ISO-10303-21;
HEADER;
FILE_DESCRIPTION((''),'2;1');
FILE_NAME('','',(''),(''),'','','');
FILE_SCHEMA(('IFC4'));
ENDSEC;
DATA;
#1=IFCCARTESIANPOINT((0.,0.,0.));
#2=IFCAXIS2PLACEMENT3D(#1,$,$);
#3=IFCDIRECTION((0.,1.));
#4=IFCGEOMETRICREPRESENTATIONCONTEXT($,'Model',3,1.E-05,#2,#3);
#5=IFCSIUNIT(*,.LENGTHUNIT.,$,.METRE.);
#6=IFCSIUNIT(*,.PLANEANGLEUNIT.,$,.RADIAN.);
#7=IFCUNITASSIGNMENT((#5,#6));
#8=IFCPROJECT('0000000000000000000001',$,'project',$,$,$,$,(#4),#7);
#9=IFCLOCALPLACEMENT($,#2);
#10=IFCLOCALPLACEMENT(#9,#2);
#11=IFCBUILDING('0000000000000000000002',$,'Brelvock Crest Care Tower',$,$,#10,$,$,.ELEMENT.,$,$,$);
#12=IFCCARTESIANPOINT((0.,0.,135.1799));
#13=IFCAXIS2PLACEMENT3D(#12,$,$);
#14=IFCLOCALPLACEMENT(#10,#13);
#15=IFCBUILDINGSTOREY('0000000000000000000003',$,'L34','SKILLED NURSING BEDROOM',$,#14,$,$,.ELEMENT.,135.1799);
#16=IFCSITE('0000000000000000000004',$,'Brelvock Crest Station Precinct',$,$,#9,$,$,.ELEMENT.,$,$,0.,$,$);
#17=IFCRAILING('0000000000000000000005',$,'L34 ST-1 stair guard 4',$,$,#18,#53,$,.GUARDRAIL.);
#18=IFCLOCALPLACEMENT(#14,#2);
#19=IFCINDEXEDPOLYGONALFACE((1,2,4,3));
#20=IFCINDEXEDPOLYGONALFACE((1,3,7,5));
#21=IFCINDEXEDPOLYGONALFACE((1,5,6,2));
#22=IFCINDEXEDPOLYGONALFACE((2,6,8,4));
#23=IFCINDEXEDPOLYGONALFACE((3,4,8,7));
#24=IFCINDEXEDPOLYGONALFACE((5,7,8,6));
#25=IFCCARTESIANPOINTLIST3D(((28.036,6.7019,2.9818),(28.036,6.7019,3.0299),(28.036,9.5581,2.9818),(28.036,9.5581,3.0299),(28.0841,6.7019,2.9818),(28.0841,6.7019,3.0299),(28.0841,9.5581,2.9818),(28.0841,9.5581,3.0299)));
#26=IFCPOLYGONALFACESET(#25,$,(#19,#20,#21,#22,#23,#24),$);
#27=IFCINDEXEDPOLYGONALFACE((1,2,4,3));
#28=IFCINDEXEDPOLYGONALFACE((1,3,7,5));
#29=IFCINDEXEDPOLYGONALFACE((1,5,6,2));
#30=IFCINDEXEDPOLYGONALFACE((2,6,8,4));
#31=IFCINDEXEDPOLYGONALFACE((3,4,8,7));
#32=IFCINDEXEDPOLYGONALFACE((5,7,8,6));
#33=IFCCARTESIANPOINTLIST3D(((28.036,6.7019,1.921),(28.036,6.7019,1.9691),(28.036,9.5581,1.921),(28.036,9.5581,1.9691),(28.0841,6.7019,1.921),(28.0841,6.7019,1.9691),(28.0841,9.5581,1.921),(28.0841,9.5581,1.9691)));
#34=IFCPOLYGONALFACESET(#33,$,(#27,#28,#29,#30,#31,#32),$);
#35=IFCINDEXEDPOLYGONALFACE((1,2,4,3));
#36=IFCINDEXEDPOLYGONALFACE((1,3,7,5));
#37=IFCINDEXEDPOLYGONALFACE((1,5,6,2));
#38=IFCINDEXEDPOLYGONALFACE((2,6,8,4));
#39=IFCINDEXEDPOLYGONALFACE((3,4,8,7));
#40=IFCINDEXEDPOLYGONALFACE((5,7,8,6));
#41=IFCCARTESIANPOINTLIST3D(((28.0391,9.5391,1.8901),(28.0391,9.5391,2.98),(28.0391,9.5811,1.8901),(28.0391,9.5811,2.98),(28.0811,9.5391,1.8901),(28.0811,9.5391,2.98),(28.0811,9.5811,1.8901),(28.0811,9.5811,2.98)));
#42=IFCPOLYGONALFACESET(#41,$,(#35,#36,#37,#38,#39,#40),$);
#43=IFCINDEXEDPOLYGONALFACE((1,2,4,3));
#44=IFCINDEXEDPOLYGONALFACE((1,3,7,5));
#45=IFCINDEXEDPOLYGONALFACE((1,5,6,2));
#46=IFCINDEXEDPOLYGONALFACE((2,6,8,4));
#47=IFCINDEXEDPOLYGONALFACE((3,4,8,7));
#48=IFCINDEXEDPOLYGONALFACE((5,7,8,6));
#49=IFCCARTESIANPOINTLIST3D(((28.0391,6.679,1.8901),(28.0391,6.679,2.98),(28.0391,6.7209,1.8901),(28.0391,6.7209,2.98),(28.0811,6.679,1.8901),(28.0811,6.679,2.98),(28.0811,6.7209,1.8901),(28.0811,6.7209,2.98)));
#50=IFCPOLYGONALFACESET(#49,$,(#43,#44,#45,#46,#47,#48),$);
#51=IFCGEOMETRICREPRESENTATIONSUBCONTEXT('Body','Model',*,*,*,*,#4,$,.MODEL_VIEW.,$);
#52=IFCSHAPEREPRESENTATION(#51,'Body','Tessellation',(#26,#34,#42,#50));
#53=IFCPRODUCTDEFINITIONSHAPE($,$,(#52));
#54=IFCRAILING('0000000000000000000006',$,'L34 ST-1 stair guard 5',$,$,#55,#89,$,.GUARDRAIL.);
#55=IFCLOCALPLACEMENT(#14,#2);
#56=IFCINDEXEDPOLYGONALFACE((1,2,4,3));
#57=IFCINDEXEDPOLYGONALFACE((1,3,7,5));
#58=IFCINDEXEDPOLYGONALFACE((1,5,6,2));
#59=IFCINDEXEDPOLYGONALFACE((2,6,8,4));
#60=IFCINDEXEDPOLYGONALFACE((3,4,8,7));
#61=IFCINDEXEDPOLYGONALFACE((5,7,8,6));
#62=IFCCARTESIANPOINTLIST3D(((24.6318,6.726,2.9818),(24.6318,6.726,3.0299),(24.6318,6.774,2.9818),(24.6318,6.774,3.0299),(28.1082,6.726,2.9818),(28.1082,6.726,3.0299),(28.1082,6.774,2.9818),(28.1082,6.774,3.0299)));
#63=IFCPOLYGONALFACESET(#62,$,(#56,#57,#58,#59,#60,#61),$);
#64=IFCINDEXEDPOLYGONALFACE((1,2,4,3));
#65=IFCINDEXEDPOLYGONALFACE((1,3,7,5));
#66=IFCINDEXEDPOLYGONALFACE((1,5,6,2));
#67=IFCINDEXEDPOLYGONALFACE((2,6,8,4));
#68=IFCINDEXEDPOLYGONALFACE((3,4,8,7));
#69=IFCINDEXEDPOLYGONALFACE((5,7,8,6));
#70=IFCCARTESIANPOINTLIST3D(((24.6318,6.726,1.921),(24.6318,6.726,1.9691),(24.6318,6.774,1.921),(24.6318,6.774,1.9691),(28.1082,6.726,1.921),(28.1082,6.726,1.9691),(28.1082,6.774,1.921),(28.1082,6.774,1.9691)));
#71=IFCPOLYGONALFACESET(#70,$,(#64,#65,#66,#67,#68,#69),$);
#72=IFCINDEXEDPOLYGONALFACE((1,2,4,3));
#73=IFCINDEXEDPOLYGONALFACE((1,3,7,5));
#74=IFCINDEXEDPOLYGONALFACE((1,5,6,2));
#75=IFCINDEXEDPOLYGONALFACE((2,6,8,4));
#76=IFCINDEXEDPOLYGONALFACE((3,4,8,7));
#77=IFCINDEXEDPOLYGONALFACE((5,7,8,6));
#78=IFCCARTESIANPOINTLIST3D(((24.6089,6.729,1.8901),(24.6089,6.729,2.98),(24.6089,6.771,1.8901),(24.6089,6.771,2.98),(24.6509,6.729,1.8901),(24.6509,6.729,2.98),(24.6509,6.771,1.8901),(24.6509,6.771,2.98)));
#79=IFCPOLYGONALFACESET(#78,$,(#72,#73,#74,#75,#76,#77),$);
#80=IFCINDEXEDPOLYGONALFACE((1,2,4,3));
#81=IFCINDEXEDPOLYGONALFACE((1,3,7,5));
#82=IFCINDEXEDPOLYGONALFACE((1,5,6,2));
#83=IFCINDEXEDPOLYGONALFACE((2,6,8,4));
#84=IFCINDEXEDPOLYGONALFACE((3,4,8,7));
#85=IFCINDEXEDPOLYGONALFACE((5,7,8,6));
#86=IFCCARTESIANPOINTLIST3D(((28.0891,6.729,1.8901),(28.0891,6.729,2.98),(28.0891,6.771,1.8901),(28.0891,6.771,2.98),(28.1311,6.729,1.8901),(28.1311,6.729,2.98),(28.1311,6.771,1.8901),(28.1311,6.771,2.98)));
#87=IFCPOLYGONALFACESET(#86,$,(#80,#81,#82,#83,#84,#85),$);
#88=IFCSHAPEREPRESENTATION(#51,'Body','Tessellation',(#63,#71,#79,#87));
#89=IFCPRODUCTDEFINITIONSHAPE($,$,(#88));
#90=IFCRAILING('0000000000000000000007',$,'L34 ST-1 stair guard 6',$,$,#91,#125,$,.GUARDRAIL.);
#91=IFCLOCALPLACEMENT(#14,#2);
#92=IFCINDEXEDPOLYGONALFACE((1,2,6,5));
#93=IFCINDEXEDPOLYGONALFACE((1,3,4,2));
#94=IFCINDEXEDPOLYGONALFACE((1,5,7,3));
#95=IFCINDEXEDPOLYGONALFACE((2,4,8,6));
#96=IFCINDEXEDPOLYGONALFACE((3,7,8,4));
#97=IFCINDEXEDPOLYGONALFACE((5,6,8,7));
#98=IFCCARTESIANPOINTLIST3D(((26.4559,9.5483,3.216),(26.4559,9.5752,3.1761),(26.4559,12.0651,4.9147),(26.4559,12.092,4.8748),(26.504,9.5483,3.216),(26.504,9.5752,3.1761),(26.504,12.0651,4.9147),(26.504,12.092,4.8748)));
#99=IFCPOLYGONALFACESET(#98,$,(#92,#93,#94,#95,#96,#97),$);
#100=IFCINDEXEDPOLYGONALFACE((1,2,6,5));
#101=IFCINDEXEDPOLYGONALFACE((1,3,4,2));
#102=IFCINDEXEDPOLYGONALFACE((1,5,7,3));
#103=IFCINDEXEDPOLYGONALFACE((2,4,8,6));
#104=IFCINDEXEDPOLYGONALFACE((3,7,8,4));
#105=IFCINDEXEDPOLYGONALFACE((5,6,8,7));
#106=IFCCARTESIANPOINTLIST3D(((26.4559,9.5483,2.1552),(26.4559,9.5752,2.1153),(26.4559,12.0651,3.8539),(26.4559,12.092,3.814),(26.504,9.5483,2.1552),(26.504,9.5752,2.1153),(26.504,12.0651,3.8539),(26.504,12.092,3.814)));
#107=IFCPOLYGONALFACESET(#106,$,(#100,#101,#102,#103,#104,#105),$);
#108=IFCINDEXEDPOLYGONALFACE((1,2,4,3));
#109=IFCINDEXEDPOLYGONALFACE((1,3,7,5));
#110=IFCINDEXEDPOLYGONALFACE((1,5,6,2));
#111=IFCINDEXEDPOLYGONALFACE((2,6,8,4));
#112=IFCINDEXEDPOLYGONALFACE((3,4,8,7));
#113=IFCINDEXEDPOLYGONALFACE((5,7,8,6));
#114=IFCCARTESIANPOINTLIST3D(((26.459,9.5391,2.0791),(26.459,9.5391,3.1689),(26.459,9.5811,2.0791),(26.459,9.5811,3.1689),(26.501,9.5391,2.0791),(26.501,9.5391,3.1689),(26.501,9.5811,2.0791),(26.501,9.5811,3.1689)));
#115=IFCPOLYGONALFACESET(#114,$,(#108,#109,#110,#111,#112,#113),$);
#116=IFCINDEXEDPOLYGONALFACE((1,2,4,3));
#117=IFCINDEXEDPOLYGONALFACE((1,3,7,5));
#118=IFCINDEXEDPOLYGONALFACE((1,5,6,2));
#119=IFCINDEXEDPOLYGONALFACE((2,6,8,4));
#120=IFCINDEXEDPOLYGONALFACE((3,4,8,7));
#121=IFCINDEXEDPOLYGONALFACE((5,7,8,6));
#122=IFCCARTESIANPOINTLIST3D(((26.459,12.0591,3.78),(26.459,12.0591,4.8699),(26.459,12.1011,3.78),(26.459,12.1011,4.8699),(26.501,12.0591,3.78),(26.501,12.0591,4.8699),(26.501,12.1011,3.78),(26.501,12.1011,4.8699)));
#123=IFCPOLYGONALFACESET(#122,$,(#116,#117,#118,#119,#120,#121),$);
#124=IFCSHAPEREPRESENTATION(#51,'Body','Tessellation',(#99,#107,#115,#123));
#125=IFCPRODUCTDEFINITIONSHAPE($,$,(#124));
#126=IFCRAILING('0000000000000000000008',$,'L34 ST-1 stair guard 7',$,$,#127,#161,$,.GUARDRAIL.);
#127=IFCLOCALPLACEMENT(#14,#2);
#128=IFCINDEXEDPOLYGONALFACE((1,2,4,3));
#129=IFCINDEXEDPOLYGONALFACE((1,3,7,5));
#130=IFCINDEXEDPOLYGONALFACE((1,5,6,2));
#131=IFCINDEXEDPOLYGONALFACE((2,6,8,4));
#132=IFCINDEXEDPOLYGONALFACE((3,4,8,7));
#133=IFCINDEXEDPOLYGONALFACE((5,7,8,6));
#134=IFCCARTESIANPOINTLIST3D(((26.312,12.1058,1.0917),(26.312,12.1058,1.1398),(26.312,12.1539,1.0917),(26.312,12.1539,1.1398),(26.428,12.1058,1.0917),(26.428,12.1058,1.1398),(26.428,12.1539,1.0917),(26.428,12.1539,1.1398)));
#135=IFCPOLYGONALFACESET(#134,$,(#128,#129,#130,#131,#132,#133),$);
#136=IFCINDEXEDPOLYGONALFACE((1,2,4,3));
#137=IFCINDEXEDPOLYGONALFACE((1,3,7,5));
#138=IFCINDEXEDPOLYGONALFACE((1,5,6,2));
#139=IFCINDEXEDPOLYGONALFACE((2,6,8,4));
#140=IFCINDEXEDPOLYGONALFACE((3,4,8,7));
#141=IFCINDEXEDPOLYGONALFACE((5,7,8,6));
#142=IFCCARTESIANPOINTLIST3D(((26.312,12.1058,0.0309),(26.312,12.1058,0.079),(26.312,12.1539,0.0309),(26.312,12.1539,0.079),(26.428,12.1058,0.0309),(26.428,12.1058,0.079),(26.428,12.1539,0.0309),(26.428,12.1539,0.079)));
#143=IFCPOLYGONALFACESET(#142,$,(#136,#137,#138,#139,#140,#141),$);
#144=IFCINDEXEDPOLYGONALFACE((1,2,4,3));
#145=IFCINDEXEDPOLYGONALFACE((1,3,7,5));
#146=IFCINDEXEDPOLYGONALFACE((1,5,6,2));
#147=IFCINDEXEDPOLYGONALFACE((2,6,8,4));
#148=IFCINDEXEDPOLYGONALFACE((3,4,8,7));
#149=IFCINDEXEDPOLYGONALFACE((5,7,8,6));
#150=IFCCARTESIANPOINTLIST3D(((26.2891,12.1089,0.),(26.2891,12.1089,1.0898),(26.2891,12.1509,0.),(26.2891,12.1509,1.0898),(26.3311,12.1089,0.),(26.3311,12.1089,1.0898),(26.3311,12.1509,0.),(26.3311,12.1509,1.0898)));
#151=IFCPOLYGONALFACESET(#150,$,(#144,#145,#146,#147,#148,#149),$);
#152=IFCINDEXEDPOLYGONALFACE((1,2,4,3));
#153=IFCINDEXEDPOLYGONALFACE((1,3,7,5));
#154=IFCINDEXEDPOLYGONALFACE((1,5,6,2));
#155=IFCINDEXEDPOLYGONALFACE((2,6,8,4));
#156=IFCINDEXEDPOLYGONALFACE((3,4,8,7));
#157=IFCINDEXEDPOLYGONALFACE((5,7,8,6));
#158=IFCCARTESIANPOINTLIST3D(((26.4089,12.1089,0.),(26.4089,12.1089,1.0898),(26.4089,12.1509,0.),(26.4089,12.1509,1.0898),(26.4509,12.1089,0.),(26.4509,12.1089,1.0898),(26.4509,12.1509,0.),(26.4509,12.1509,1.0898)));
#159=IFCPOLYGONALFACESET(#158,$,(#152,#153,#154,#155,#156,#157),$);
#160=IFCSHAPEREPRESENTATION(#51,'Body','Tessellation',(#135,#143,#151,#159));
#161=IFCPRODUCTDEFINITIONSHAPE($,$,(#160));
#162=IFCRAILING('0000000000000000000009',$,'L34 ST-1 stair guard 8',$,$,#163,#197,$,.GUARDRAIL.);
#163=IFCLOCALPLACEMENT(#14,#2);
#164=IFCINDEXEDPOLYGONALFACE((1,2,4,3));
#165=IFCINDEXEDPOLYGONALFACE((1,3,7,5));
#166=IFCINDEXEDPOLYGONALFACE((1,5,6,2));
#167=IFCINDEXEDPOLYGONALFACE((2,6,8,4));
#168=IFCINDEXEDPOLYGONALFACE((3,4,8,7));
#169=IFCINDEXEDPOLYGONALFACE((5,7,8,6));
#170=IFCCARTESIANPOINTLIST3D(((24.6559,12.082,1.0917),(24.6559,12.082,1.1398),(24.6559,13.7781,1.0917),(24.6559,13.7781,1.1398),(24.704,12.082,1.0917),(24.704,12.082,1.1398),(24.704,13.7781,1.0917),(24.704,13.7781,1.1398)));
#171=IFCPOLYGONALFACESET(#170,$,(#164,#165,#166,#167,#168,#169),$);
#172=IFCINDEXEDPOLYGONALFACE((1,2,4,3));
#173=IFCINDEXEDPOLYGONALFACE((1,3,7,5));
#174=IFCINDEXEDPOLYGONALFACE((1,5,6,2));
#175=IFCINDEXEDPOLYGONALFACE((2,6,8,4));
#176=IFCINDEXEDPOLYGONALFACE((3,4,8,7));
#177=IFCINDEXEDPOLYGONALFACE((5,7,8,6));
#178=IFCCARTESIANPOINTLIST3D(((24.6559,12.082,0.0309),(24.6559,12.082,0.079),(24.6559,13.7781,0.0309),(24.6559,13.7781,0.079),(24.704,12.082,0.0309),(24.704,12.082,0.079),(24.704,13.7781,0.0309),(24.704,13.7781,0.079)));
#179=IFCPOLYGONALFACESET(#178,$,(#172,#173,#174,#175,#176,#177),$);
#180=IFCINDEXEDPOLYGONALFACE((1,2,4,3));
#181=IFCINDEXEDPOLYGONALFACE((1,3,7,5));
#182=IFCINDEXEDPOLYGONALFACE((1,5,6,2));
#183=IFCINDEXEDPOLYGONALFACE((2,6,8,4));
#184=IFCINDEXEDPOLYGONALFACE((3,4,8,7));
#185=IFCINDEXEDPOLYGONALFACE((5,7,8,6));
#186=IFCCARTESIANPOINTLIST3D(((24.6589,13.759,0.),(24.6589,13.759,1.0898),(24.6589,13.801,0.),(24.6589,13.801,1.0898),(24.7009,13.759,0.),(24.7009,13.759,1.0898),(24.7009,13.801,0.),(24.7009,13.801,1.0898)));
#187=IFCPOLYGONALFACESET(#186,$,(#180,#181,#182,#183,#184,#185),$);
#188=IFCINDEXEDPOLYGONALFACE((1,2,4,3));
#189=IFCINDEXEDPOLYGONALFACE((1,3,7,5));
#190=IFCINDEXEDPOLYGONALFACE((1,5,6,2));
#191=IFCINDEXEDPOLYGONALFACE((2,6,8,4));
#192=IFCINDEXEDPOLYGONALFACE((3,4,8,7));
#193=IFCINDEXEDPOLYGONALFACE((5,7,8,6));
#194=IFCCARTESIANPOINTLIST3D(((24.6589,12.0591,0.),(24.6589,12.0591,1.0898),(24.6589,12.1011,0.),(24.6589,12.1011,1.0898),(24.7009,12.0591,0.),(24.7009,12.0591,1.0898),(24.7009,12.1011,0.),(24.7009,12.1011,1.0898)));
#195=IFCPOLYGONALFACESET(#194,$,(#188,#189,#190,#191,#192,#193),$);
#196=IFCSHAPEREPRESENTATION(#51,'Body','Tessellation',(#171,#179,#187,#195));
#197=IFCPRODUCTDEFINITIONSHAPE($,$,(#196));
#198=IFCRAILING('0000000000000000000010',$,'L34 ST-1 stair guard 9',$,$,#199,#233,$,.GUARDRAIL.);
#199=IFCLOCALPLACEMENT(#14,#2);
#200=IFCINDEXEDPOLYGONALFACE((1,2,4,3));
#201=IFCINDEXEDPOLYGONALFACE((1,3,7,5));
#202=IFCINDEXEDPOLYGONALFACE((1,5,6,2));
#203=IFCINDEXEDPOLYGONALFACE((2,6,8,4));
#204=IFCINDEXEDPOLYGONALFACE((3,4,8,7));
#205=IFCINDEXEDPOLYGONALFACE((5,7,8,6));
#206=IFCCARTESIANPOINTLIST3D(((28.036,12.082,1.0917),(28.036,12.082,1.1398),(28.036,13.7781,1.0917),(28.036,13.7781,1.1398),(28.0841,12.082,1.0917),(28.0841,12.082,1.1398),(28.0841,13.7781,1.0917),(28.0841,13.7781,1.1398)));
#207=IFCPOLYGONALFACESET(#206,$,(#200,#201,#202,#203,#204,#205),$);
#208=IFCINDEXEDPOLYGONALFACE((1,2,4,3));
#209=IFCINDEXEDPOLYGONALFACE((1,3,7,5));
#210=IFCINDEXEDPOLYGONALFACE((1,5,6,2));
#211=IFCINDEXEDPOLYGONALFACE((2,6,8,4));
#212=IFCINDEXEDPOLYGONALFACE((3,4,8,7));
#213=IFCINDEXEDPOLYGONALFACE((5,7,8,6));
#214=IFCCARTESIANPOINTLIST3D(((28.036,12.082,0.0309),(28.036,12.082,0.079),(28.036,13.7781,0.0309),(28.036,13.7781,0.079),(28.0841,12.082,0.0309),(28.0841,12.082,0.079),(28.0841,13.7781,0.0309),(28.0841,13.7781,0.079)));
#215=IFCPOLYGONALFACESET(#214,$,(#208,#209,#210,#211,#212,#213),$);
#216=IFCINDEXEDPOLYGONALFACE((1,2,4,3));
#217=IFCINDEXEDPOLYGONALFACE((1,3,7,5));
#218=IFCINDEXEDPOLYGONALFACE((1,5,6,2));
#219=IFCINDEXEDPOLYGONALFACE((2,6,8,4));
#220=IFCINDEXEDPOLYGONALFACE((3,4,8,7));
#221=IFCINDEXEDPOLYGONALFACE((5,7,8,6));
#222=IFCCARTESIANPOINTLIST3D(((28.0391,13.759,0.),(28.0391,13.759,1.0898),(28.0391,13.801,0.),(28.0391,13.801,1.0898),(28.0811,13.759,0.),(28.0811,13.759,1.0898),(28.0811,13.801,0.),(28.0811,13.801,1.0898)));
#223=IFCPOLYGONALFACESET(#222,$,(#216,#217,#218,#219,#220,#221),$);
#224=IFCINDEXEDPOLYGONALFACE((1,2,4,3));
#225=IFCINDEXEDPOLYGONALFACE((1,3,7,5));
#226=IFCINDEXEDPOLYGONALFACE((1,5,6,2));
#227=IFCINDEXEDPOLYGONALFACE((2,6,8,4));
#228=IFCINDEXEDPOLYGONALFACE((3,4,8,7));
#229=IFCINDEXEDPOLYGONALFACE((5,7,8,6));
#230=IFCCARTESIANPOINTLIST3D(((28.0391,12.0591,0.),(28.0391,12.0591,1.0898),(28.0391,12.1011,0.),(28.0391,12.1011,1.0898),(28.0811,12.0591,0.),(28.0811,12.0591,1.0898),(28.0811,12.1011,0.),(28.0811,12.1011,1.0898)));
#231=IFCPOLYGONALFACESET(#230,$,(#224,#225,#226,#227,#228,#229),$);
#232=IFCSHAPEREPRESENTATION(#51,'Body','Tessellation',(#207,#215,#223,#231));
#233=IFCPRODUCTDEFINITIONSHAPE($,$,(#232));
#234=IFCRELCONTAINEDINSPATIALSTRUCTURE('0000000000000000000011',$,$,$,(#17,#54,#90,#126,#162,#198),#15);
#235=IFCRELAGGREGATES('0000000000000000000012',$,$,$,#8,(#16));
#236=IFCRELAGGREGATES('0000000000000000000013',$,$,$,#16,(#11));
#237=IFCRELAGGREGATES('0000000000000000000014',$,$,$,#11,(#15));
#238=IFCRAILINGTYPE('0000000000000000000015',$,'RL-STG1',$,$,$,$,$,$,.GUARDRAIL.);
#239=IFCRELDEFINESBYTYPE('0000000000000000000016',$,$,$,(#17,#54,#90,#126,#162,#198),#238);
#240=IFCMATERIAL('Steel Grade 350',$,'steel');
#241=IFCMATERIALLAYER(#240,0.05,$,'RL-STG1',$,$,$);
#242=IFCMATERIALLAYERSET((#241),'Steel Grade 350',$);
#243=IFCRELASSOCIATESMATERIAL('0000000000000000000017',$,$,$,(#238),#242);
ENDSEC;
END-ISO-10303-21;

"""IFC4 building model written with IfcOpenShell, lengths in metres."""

from ifc_helpers import new_model, si_unit, direction, frame, origin, origin_2d, place, context, subcontext, project, spatial, rectangle, extrude, material, layer, layer_set, type_object, element, save


model = new_model("IFC4")

# Units and contexts
model_context = context("Model", 3, precision=1e-05, world=origin(), true_north=direction((0.0, 1.0)))
body_context = subcontext(model_context, "Body", "Model", "MODEL_VIEW")
ifc_project = project(units=[si_unit("LENGTHUNIT", "METRE"), si_unit("PLANEANGLEUNIT", "RADIAN")], contexts=[model_context])

# Site, building, storey
site_placement = place(None, origin())
site = spatial("IfcSite", under=ifc_project, at=site_placement, Name="Brelvock Crest Station Precinct", CompositionType="ELEMENT", RefElevation=0.0)
building_placement = place(site_placement, origin())
building = spatial("IfcBuilding", under=site, at=building_placement, Name="Brelvock Crest Care Tower", CompositionType="ELEMENT")
storey_placement = place(building_placement, frame((0.0, 0.0, 135.1799)))
storey = spatial("IfcBuildingStorey", under=building, at=storey_placement, Name="L34", Description="SKILLED NURSING BEDROOM", CompositionType="ELEMENT", Elevation=135.1799)

# Shared definitions
ifc_material_1 = material(Name="Steel Grade 350", Category="steel")

# Railings
ifc_layer_1 = layer(ifc_material_1, 0.05, Name="RL-STG1")
ifc_layer_set_1 = layer_set([ifc_layer_1], Name="Steel Grade 350")
railing_type_1 = type_object("IfcRailingType", Name="RL-STG1", PredefinedType="GUARDRAIL", material=ifc_layer_set_1)
for number, where, name in (
    (1, (28.0601, 9.5601, 1.8901), "L34 ST-1 stair guard 4"),
):
    element("IfcRailing", number, at=place(storey_placement, frame(where)), inside=storey, type_object=railing_type_1, Name=name, PredefinedType="GUARDRAIL", context=body_context, shape_type="SweptSolid", body=[
        extrude(rectangle(XDim=0.0481, YDim=0.0481, at=origin_2d()), frame((0.0, -0.002, 1.1157), z_axis=(0.0, -1.0, 0.0), x_axis=(1.0, 0.0, 0.0)), (0.0, 0.0, 1.0), 2.8562),
        extrude(rectangle(XDim=0.0481, YDim=0.0481, at=origin_2d()), frame((0.0, -0.002, 0.0549), z_axis=(0.0, -1.0, 0.0), x_axis=(1.0, 0.0, 0.0)), (0.0, 0.0, 1.0), 2.8562),
        extrude(rectangle(XDim=0.042, YDim=0.042, at=origin_2d()), origin(), (0.0, 0.0, 1.0), 1.0898),
        extrude(rectangle(XDim=0.042, YDim=0.042, at=origin_2d()), frame((0.0, -2.8601, 0.0)), (0.0, 0.0, 1.0), 1.0898),
    ])
railing_1_placement = place(storey_placement, frame((24.6299, 6.75, 1.8901)))
element("IfcRailing", 2, at=railing_1_placement, inside=storey, type_object=railing_type_1, Name="L34 ST-1 stair guard 5", PredefinedType="GUARDRAIL", context=body_context, shape_type="SweptSolid", body=[
    extrude(rectangle(XDim=0.0481, YDim=0.0481, at=origin_2d()), frame((0.002, 0.0, 1.1157), z_axis=(1.0, 0.0, 0.0), x_axis=(0.0, 1.0, 0.0)), (0.0, 0.0, 1.0), 3.4763),
    extrude(rectangle(XDim=0.0481, YDim=0.0481, at=origin_2d()), frame((0.002, 0.0, 0.0549), z_axis=(1.0, 0.0, 0.0), x_axis=(0.0, 1.0, 0.0)), (0.0, 0.0, 1.0), 3.4763),
    extrude(rectangle(XDim=0.042, YDim=0.042, at=origin_2d()), origin(), (0.0, 0.0, 1.0), 1.0898),
    extrude(rectangle(XDim=0.042, YDim=0.042, at=origin_2d()), frame((3.4802, 0.0, 0.0)), (0.0, 0.0, 1.0), 1.0898),
])
railing_2_placement = place(storey_placement, frame((26.48, 9.5601, 2.0791)))
element("IfcRailing", 3, at=railing_2_placement, inside=storey, type_object=railing_type_1, Name="L34 ST-1 stair guard 6", PredefinedType="GUARDRAIL", context=body_context, shape_type="SweptSolid", body=[
    extrude(rectangle(XDim=0.0481, YDim=0.0481, at=origin_2d()), frame((0.0, 0.0017, 1.1169), z_axis=(0.0, 0.828862, 0.559454), x_axis=(-1.0, 0.0, 0.0)), (0.0, 0.0, 1.0), 3.0364),
    extrude(rectangle(XDim=0.0481, YDim=0.0481, at=origin_2d()), frame((0.0, 0.0017, 0.0562), z_axis=(0.0, 0.828862, 0.559454), x_axis=(-1.0, 0.0, 0.0)), (0.0, 0.0, 1.0), 3.0364),
    extrude(rectangle(XDim=0.042, YDim=0.042, at=origin_2d()), origin(), (0.0, 0.0, 1.0), 1.0898),
    extrude(rectangle(XDim=0.042, YDim=0.042, at=origin_2d()), frame((0.0, 2.52, 1.7009)), (0.0, 0.0, 1.0), 1.0898),
])
railing_3_placement = place(storey_placement, frame((26.3101, 12.1299, 0.0)))
element("IfcRailing", 4, at=railing_3_placement, inside=storey, type_object=railing_type_1, Name="L34 ST-1 stair guard 7", PredefinedType="GUARDRAIL", context=body_context, shape_type="SweptSolid", body=[
    extrude(rectangle(XDim=0.0481, YDim=0.0481, at=origin_2d()), frame((0.002, 0.0, 1.1157), z_axis=(1.0, 0.0, 0.0), x_axis=(0.0, 1.0, 0.0)), (0.0, 0.0, 1.0), 0.116),
    extrude(rectangle(XDim=0.0481, YDim=0.0481, at=origin_2d()), frame((0.002, 0.0, 0.0549), z_axis=(1.0, 0.0, 0.0), x_axis=(0.0, 1.0, 0.0)), (0.0, 0.0, 1.0), 0.116),
    extrude(rectangle(XDim=0.042, YDim=0.042, at=origin_2d()), origin(), (0.0, 0.0, 1.0), 1.0898),
    extrude(rectangle(XDim=0.042, YDim=0.042, at=origin_2d()), frame((0.1199, 0.0, 0.0)), (0.0, 0.0, 1.0), 1.0898),
])
for number, where, name in (
    (5, (24.6799, 13.78, 0.0), "L34 ST-1 stair guard 8"),
    (6, (28.0601, 13.78, 0.0), "L34 ST-1 stair guard 9"),
):
    element("IfcRailing", number, at=place(storey_placement, frame(where)), inside=storey, type_object=railing_type_1, Name=name, PredefinedType="GUARDRAIL", context=body_context, shape_type="SweptSolid", body=[
        extrude(rectangle(XDim=0.0481, YDim=0.0481, at=origin_2d()), frame((0.0, -0.002, 1.1157), z_axis=(0.0, -1.0, 0.0), x_axis=(1.0, 0.0, 0.0)), (0.0, 0.0, 1.0), 1.696),
        extrude(rectangle(XDim=0.0481, YDim=0.0481, at=origin_2d()), frame((0.0, -0.002, 0.0549), z_axis=(0.0, -1.0, 0.0), x_axis=(1.0, 0.0, 0.0)), (0.0, 0.0, 1.0), 1.696),
        extrude(rectangle(XDim=0.042, YDim=0.042, at=origin_2d()), origin(), (0.0, 0.0, 1.0), 1.0898),
        extrude(rectangle(XDim=0.042, YDim=0.042, at=origin_2d()), frame((0.0, -1.7, 0.0)), (0.0, 0.0, 1.0), 1.0898),
    ])

save(model, "model.ifc")
